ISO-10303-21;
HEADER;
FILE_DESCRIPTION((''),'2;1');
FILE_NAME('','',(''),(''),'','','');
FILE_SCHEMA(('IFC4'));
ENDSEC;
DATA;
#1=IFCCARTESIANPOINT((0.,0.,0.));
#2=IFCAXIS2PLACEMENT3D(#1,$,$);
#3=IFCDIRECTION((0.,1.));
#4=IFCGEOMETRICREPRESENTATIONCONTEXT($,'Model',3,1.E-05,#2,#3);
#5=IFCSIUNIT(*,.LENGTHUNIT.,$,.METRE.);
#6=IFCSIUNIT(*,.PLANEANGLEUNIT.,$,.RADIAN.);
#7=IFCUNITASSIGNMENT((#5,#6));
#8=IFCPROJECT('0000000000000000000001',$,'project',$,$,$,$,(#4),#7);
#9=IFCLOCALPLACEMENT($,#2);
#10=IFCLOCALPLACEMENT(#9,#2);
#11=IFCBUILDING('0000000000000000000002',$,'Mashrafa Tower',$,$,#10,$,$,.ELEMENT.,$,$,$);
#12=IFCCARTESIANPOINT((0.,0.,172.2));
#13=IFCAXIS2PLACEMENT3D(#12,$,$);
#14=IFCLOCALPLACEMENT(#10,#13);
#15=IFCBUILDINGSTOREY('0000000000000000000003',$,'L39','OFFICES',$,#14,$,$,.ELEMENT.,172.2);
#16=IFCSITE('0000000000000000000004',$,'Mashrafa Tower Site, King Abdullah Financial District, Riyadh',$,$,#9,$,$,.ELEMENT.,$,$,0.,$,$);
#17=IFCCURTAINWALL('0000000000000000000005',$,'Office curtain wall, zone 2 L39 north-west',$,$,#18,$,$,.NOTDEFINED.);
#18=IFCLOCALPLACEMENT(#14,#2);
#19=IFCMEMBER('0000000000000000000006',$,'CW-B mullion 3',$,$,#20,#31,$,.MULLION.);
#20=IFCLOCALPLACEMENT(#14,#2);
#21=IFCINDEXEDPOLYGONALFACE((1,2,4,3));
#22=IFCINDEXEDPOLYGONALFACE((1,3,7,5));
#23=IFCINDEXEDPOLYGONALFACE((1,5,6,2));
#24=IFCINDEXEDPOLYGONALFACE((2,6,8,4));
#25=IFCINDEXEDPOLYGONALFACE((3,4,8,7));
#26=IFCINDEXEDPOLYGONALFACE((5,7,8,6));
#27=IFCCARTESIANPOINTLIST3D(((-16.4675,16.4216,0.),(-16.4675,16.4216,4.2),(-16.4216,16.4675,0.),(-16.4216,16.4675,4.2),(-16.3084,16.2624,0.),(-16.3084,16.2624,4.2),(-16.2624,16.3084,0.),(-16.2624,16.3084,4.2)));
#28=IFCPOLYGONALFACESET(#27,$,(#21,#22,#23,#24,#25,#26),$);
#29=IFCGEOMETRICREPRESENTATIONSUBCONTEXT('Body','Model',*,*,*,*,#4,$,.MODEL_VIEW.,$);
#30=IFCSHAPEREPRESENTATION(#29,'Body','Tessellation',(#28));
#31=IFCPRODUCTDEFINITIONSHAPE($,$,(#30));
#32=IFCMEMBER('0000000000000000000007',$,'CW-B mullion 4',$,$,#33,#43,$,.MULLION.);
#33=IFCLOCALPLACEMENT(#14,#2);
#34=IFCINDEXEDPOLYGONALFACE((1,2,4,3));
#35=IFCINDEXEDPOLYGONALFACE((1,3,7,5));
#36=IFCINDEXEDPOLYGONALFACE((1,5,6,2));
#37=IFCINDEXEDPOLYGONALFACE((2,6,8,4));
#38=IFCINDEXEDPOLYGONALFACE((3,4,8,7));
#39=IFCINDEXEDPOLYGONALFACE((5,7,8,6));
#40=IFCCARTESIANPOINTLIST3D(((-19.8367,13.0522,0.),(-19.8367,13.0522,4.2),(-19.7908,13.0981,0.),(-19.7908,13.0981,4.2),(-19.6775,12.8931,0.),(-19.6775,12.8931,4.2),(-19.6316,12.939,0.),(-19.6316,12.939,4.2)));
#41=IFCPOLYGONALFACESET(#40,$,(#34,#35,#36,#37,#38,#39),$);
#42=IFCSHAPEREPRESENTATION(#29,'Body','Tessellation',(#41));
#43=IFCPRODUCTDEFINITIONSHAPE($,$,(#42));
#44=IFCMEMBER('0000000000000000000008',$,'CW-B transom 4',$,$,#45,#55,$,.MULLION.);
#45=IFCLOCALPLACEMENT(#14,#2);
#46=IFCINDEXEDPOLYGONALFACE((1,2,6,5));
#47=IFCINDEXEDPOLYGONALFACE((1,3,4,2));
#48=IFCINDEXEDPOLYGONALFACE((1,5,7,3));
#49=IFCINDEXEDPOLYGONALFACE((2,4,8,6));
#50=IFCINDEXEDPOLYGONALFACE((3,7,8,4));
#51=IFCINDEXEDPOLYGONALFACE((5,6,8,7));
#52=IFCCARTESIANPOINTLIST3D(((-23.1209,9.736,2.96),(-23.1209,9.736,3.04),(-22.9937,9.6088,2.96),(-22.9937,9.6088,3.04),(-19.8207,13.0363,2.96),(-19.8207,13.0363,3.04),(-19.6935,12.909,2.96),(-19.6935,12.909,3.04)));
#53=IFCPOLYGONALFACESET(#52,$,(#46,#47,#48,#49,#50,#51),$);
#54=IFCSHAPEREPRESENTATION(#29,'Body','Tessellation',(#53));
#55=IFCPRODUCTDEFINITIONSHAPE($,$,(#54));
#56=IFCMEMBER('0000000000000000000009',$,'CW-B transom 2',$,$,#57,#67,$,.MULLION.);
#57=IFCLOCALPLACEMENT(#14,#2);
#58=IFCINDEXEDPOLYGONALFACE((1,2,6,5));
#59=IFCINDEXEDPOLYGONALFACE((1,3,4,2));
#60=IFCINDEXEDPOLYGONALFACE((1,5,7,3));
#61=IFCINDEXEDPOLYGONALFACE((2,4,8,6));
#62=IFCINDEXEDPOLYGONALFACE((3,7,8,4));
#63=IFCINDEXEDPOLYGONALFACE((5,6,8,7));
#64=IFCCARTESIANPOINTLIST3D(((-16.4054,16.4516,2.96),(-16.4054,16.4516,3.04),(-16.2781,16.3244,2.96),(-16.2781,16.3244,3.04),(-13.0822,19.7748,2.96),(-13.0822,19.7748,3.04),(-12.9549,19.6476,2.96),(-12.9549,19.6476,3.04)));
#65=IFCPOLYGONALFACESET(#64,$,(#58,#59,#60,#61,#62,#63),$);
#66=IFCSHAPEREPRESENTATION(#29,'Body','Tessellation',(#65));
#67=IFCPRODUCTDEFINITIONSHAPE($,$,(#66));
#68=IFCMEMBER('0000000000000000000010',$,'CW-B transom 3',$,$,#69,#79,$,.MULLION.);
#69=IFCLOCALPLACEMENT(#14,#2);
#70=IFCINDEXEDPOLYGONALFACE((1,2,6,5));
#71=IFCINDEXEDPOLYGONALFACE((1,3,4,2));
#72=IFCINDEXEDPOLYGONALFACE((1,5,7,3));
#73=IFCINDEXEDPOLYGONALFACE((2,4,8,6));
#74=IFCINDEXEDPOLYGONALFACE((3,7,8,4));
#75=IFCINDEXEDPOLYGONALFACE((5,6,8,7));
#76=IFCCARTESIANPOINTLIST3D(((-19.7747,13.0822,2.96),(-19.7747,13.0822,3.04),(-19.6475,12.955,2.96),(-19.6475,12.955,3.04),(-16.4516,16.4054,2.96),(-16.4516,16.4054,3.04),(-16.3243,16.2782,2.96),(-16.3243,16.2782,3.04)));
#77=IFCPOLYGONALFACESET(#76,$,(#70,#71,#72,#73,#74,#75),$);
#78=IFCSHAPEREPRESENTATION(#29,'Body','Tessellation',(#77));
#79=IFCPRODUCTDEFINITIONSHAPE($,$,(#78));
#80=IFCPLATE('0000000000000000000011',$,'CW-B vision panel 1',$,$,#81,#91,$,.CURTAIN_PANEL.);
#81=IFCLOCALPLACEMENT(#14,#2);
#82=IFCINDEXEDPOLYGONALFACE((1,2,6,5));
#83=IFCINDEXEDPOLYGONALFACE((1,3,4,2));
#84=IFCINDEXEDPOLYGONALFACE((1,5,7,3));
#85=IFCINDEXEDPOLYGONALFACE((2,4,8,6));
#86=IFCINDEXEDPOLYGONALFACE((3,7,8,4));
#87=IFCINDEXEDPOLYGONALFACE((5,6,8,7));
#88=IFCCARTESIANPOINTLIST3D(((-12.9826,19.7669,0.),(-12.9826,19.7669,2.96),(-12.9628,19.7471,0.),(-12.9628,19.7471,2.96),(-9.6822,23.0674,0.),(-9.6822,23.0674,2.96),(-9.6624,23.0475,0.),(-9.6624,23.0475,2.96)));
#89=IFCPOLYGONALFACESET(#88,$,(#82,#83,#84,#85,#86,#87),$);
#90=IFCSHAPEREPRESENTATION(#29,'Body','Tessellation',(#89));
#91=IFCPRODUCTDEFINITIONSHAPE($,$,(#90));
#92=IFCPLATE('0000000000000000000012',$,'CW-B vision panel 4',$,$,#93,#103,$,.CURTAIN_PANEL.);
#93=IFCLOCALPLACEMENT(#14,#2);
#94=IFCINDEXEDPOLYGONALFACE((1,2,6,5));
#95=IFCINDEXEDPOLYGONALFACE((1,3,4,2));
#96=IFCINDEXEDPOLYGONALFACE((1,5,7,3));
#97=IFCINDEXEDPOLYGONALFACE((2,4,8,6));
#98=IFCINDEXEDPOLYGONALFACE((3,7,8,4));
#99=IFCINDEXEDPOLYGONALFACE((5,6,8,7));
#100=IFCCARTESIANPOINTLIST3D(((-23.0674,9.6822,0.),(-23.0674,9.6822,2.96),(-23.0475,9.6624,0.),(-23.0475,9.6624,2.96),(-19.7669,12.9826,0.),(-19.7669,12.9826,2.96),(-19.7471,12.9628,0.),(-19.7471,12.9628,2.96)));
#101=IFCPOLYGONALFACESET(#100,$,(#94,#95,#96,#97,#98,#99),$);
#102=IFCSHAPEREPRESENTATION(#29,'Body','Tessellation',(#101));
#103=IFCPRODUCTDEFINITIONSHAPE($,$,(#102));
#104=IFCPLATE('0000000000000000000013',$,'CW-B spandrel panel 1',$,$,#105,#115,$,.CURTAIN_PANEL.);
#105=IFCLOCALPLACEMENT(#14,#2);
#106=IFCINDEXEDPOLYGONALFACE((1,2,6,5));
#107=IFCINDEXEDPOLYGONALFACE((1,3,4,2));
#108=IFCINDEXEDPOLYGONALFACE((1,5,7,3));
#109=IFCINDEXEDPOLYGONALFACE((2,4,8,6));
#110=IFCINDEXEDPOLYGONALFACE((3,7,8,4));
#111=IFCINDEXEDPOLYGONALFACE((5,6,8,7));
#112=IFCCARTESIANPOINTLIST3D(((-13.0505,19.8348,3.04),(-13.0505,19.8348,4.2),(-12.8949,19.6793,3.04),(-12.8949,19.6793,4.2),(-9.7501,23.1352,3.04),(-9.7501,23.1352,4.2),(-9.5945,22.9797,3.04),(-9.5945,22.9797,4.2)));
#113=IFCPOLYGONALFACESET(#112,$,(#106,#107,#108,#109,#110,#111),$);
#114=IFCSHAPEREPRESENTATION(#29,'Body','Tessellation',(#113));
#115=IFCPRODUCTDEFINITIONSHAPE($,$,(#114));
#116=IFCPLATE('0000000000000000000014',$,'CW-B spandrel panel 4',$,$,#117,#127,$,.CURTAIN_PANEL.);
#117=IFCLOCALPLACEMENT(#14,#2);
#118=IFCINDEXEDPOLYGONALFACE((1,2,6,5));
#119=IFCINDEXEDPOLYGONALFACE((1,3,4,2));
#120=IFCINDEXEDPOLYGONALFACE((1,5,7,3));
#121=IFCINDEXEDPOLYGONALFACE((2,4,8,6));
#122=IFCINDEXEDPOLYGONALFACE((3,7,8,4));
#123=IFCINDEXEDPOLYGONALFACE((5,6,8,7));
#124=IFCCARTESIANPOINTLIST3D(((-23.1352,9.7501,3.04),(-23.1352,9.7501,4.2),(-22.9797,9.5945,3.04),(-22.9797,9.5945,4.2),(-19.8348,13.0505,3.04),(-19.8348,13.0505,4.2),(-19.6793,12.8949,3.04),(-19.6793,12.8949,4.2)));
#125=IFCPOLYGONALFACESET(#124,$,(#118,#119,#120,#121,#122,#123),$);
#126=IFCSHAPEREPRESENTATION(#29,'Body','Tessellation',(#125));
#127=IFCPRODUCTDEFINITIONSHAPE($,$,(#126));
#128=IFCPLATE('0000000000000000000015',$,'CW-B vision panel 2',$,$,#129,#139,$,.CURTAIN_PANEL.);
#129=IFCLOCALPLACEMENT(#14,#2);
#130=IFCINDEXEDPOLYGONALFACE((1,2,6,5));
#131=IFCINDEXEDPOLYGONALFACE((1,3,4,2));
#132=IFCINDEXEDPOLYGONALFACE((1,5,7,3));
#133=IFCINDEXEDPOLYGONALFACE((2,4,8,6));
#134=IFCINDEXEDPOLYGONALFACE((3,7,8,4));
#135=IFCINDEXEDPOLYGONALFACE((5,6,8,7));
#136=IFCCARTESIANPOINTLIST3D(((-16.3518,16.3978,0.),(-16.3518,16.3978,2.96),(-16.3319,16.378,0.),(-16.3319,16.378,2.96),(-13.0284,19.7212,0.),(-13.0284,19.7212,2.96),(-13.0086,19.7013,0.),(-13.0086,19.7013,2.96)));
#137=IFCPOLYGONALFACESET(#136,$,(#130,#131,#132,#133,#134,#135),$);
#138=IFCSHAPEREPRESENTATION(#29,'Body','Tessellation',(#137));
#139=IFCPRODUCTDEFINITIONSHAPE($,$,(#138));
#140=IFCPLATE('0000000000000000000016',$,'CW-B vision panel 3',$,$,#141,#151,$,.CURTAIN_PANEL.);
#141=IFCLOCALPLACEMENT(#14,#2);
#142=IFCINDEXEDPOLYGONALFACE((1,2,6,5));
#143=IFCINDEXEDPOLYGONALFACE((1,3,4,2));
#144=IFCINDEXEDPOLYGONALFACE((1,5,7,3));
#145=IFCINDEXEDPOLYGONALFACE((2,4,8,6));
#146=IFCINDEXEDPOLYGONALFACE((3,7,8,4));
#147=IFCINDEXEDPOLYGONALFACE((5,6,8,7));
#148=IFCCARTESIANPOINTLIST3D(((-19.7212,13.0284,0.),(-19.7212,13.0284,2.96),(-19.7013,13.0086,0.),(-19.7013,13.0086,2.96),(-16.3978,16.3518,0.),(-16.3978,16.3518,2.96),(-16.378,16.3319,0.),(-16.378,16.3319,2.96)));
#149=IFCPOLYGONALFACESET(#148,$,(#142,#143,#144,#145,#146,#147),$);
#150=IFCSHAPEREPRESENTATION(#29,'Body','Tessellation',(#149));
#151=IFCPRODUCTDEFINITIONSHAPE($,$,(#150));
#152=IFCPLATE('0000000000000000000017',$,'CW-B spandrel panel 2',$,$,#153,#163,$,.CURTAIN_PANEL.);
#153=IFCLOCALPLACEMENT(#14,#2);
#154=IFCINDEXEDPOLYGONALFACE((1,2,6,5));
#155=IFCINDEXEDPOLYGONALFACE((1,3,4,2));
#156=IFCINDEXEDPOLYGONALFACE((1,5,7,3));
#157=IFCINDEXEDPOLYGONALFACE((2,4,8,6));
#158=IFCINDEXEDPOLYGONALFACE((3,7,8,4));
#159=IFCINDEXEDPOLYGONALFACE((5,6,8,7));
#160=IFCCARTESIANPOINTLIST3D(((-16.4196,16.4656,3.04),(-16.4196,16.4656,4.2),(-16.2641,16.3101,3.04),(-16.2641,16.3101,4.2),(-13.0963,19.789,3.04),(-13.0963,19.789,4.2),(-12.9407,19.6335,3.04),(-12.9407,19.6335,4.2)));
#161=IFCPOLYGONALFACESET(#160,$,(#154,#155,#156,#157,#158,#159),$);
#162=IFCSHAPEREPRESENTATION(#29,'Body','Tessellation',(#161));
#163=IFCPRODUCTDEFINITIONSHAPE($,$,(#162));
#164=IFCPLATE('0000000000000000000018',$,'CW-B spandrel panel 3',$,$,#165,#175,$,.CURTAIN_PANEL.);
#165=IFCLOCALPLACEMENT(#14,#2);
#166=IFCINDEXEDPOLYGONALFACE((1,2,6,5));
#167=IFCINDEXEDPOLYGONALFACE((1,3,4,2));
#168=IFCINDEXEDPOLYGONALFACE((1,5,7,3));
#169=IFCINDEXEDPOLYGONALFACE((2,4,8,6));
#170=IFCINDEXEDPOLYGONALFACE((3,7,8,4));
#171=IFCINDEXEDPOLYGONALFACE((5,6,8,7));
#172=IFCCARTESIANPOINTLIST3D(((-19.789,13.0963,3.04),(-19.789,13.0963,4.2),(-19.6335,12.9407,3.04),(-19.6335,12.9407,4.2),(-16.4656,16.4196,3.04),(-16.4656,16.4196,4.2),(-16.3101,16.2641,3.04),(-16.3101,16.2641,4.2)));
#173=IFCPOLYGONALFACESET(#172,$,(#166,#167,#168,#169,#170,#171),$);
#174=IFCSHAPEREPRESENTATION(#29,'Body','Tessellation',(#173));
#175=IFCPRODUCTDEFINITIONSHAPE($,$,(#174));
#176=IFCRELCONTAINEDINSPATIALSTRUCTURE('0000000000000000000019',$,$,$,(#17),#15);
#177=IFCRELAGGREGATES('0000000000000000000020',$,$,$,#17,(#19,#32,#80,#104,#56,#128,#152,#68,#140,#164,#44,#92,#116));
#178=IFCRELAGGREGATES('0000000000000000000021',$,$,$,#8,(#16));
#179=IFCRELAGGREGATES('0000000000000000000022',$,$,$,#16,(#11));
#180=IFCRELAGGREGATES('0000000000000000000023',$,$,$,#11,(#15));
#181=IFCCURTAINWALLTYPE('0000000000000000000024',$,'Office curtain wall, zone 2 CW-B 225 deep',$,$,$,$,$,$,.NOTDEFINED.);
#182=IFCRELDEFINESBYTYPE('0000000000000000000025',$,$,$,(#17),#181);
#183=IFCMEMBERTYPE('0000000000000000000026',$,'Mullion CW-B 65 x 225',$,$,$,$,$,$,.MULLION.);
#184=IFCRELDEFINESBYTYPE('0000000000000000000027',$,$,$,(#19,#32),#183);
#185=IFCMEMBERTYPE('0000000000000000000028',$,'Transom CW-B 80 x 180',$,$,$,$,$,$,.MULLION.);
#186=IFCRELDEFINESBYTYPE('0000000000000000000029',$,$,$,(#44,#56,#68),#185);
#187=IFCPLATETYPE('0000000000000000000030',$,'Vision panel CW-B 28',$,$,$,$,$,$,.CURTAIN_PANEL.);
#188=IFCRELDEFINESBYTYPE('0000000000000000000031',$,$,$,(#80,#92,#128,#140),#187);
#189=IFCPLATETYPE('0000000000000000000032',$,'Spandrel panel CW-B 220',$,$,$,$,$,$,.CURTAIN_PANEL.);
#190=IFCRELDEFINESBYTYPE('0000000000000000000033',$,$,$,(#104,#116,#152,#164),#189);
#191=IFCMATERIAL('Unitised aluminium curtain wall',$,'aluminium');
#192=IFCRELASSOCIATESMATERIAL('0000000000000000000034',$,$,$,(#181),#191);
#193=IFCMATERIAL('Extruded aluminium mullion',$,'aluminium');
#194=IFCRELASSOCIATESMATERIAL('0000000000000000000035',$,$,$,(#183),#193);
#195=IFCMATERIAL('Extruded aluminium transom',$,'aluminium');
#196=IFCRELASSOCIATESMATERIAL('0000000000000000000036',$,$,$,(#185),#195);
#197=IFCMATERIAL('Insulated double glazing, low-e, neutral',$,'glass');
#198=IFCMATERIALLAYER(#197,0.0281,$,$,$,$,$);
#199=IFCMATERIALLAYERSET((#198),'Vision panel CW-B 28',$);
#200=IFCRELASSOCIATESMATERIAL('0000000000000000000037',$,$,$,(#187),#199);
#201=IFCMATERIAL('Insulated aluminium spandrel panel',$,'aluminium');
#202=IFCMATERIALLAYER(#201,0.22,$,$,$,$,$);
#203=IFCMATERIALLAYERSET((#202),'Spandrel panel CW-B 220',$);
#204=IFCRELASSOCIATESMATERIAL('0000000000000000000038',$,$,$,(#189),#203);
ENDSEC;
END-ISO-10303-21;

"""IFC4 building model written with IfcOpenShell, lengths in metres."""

from ifc_helpers import new_model, si_unit, direction, frame, origin, origin_2d, place, context, subcontext, project, spatial, rectangle, extrude, source, transform, mapped, material, layer, layer_set, material_profile, profile_set, type_object, type_shapes, element, aggregate, save


model = new_model("IFC4")

# Units and contexts
model_context = context("Model", 3, precision=1e-05, world=origin(), true_north=direction((0.0, 1.0)))
body_context = subcontext(model_context, "Body", "Model", "MODEL_VIEW")
ifc_project = project(units=[si_unit("LENGTHUNIT", "METRE"), si_unit("PLANEANGLEUNIT", "RADIAN")], contexts=[model_context])

# Site, building, storey
site_placement = place(None, origin())
site = spatial("IfcSite", under=ifc_project, at=site_placement, Name="Mashrafa Tower Site, King Abdullah Financial District, Riyadh", CompositionType="ELEMENT", RefElevation=0.0)
building_placement = place(site_placement, origin())
building = spatial("IfcBuilding", under=site, at=building_placement, Name="Mashrafa Tower", CompositionType="ELEMENT")
storey_placement = place(building_placement, frame((0.0, 0.0, 172.2)))
storey = spatial("IfcBuildingStorey", under=building, at=storey_placement, Name="L39", Description="OFFICES", CompositionType="ELEMENT", Elevation=172.2)

# Curtain wall, members, plates
ifc_material_1 = material(Name="Unitised aluminium curtain wall", Category="aluminium")
curtain_wall_type = type_object("IfcCurtainWallType", Name="Office curtain wall, zone 2 CW-B 225 deep", PredefinedType="NOTDEFINED", material=ifc_material_1)
curtain_wall_placement = place(storey_placement, origin())
curtain_wall = element("IfcCurtainWall", 1, at=curtain_wall_placement, inside=storey, type_object=curtain_wall_type, Name="Office curtain wall, zone 2 L39 north-west", PredefinedType="NOTDEFINED")
ifc_material_2 = material(Name="Extruded aluminium mullion", Category="aluminium")
ifc_material_profile_1 = material_profile(ifc_material_2, rectangle(XDim=0.2251, YDim=0.0649, at=origin_2d()), Name="Mullion 65x225")
ifc_profile_set_1 = profile_set([ifc_material_profile_1], Name="Extruded aluminium mullion")
member_type_1 = type_object("IfcMemberType", Name="Mullion CW-B 65 x 225", PredefinedType="MULLION", material=ifc_profile_set_1)
shared_shape_1 = source(origin(), body_context, "Body", "SweptSolid", [
    extrude(rectangle(XDim=0.2251, YDim=0.0649, at=origin_2d()), origin(), (0.0, 0.0, 1.0), 4.2),
])
type_shapes(member_type_1, [shared_shape_1])
member_1_placement = place(storey_placement, frame((-16.365, 16.365, 0.0), z_axis=(0.0, 0.0, 1.0), x_axis=(0.707107, -0.707107, 0.0)))
member_1 = element("IfcMember", 2, at=member_1_placement, type_object=member_type_1, Name="CW-B mullion 3", PredefinedType="MULLION", context=body_context, shape_type="MappedRepresentation", body=[
    mapped(shared_shape_1, transform((0.0, 0.0, 0.0))),
])
member_2_placement = place(storey_placement, frame((-19.7341, 12.9956, 0.0), z_axis=(0.0, 0.0, 1.0), x_axis=(0.707107, -0.707107, 0.0)))
member_2 = element("IfcMember", 3, at=member_2_placement, type_object=member_type_1, Name="CW-B mullion 4", PredefinedType="MULLION", context=body_context, shape_type="MappedRepresentation", body=[
    mapped(shared_shape_1, transform((0.0, 0.0, 0.0))),
])
ifc_material_3 = material(Name="Extruded aluminium transom", Category="aluminium")
ifc_material_profile_2 = material_profile(ifc_material_3, rectangle(XDim=0.1799, YDim=0.0801, at=origin_2d()), Name="Transom 80x180")
ifc_profile_set_2 = profile_set([ifc_material_profile_2], Name="Extruded aluminium transom")
member_type_2 = type_object("IfcMemberType", Name="Transom CW-B 80 x 180", PredefinedType="MULLION", material=ifc_profile_set_2)
shared_shape_2 = source(origin(), body_context, "Body", "SweptSolid", [
    extrude(rectangle(XDim=0.1799, YDim=0.0801, at=origin_2d()), origin(), (0.0, 0.0, 1.0), 4.6672),
])
member_3_placement = place(storey_placement, frame((-19.7571, 12.9727, 3.0), z_axis=(-0.707107, -0.707107, 0.0), x_axis=(0.707107, -0.707107, 0.0)))
member_3 = element("IfcMember", 4, at=member_3_placement, type_object=member_type_2, Name="CW-B transom 4", PredefinedType="MULLION", context=body_context, shape_type="MappedRepresentation", body=[
    mapped(shared_shape_2, transform((0.0, 0.0, 0.0))),
])
shared_shape_3 = source(origin(), body_context, "Body", "SweptSolid", [
    extrude(rectangle(XDim=0.1799, YDim=0.0801, at=origin_2d()), origin(), (0.0, 0.0, 1.0), 4.6997),
])
type_shapes(member_type_2, [shared_shape_2, shared_shape_3])
member_4_placement = place(storey_placement, frame((-13.0186, 19.7112, 3.0), z_axis=(-0.707107, -0.707107, 0.0), x_axis=(0.707107, -0.707107, 0.0)))
member_4 = element("IfcMember", 5, at=member_4_placement, type_object=member_type_2, Name="CW-B transom 2", PredefinedType="MULLION", context=body_context, shape_type="MappedRepresentation", body=[
    mapped(shared_shape_3, transform((0.0, 0.0, 0.0))),
])
member_5_placement = place(storey_placement, frame((-16.3879, 16.3418, 3.0), z_axis=(-0.707107, -0.707107, 0.0), x_axis=(0.707107, -0.707107, 0.0)))
member_5 = element("IfcMember", 6, at=member_5_placement, type_object=member_type_2, Name="CW-B transom 3", PredefinedType="MULLION", context=body_context, shape_type="MappedRepresentation", body=[
    mapped(shared_shape_3, transform((0.0, 0.0, 0.0))),
])
ifc_material_4 = material(Name="Insulated double glazing, low-e, neutral", Category="glass")
ifc_layer_1 = layer(ifc_material_4, 0.0281)
ifc_layer_set_1 = layer_set([ifc_layer_1], Name="Vision panel CW-B 28")
plate_type_1 = type_object("IfcPlateType", Name="Vision panel CW-B 28", PredefinedType="CURTAIN_PANEL", material=ifc_layer_set_1)
shared_shape_4 = source(origin(), body_context, "Body", "SweptSolid", [
    extrude(rectangle(XDim=4.6675, YDim=0.0281, at=origin_2d()), origin(), (0.0, 0.0, 1.0), 2.96),
])
plate_1_placement = place(storey_placement, frame((-11.3225, 21.4072, 0.0), z_axis=(0.0, 0.0, 1.0), x_axis=(-0.707107, -0.707107, 0.0)))
plate_1 = element("IfcPlate", 7, at=plate_1_placement, type_object=plate_type_1, Name="CW-B vision panel 1", PredefinedType="CURTAIN_PANEL", context=body_context, shape_type="MappedRepresentation", body=[
    mapped(shared_shape_4, transform((0.0, 0.0, 0.0))),
])
plate_2_placement = place(storey_placement, frame((-21.4072, 11.3225, 0.0), z_axis=(0.0, 0.0, 1.0), x_axis=(-0.707107, -0.707107, 0.0)))
plate_2 = element("IfcPlate", 8, at=plate_2_placement, type_object=plate_type_1, Name="CW-B vision panel 4", PredefinedType="CURTAIN_PANEL", context=body_context, shape_type="MappedRepresentation", body=[
    mapped(shared_shape_4, transform((0.0, 0.0, 0.0))),
])
ifc_material_5 = material(Name="Insulated aluminium spandrel panel", Category="aluminium")
ifc_layer_2 = layer(ifc_material_5, 0.22)
ifc_layer_set_2 = layer_set([ifc_layer_2], Name="Spandrel panel CW-B 220")
plate_type_2 = type_object("IfcPlateType", Name="Spandrel panel CW-B 220", PredefinedType="CURTAIN_PANEL", material=ifc_layer_set_2)
shared_shape_5 = source(origin(), body_context, "Body", "SweptSolid", [
    extrude(rectangle(XDim=4.6675, YDim=0.22, at=origin_2d()), origin(), (0.0, 0.0, 1.0), 1.1599),
])
plate_3_placement = place(storey_placement, frame((-11.3225, 21.4072, 3.04), z_axis=(0.0, 0.0, 1.0), x_axis=(-0.707107, -0.707107, 0.0)))
plate_3 = element("IfcPlate", 9, at=plate_3_placement, type_object=plate_type_2, Name="CW-B spandrel panel 1", PredefinedType="CURTAIN_PANEL", context=body_context, shape_type="MappedRepresentation", body=[
    mapped(shared_shape_5, transform((0.0, 0.0, 0.0))),
])
plate_4_placement = place(storey_placement, frame((-21.4072, 11.3225, 3.04), z_axis=(0.0, 0.0, 1.0), x_axis=(-0.707107, -0.707107, 0.0)))
plate_4 = element("IfcPlate", 10, at=plate_4_placement, type_object=plate_type_2, Name="CW-B spandrel panel 4", PredefinedType="CURTAIN_PANEL", context=body_context, shape_type="MappedRepresentation", body=[
    mapped(shared_shape_5, transform((0.0, 0.0, 0.0))),
])
shared_shape_6 = source(origin(), body_context, "Body", "SweptSolid", [
    extrude(rectangle(XDim=4.7, YDim=0.0281, at=origin_2d()), origin(), (0.0, 0.0, 1.0), 2.96),
])
type_shapes(plate_type_1, [shared_shape_4, shared_shape_6])
plate_5_placement = place(storey_placement, frame((-14.6802, 18.0496, 0.0), z_axis=(0.0, 0.0, 1.0), x_axis=(-0.707107, -0.707107, 0.0)))
plate_5 = element("IfcPlate", 11, at=plate_5_placement, type_object=plate_type_1, Name="CW-B vision panel 2", PredefinedType="CURTAIN_PANEL", context=body_context, shape_type="MappedRepresentation", body=[
    mapped(shared_shape_6, transform((0.0, 0.0, 0.0))),
])
plate_6_placement = place(storey_placement, frame((-18.0496, 14.6802, 0.0), z_axis=(0.0, 0.0, 1.0), x_axis=(-0.707107, -0.707107, 0.0)))
plate_6 = element("IfcPlate", 12, at=plate_6_placement, type_object=plate_type_1, Name="CW-B vision panel 3", PredefinedType="CURTAIN_PANEL", context=body_context, shape_type="MappedRepresentation", body=[
    mapped(shared_shape_6, transform((0.0, 0.0, 0.0))),
])
shared_shape_7 = source(origin(), body_context, "Body", "SweptSolid", [
    extrude(rectangle(XDim=4.7, YDim=0.22, at=origin_2d()), origin(), (0.0, 0.0, 1.0), 1.1599),
])
type_shapes(plate_type_2, [shared_shape_5, shared_shape_7])
plate_7_placement = place(storey_placement, frame((-14.6802, 18.0496, 3.04), z_axis=(0.0, 0.0, 1.0), x_axis=(-0.707107, -0.707107, 0.0)))
plate_7 = element("IfcPlate", 13, at=plate_7_placement, type_object=plate_type_2, Name="CW-B spandrel panel 2", PredefinedType="CURTAIN_PANEL", context=body_context, shape_type="MappedRepresentation", body=[
    mapped(shared_shape_7, transform((0.0, 0.0, 0.0))),
])
plate_8_placement = place(storey_placement, frame((-18.0496, 14.6802, 3.04), z_axis=(0.0, 0.0, 1.0), x_axis=(-0.707107, -0.707107, 0.0)))
plate_8 = element("IfcPlate", 14, at=plate_8_placement, type_object=plate_type_2, Name="CW-B spandrel panel 3", PredefinedType="CURTAIN_PANEL", context=body_context, shape_type="MappedRepresentation", body=[
    mapped(shared_shape_7, transform((0.0, 0.0, 0.0))),
])
aggregate(curtain_wall, [member_1, member_2, plate_1, plate_3, member_4, plate_5, plate_7, member_5, plate_6, plate_8, member_3, plate_2, plate_4])

save(model, "model.ifc")
